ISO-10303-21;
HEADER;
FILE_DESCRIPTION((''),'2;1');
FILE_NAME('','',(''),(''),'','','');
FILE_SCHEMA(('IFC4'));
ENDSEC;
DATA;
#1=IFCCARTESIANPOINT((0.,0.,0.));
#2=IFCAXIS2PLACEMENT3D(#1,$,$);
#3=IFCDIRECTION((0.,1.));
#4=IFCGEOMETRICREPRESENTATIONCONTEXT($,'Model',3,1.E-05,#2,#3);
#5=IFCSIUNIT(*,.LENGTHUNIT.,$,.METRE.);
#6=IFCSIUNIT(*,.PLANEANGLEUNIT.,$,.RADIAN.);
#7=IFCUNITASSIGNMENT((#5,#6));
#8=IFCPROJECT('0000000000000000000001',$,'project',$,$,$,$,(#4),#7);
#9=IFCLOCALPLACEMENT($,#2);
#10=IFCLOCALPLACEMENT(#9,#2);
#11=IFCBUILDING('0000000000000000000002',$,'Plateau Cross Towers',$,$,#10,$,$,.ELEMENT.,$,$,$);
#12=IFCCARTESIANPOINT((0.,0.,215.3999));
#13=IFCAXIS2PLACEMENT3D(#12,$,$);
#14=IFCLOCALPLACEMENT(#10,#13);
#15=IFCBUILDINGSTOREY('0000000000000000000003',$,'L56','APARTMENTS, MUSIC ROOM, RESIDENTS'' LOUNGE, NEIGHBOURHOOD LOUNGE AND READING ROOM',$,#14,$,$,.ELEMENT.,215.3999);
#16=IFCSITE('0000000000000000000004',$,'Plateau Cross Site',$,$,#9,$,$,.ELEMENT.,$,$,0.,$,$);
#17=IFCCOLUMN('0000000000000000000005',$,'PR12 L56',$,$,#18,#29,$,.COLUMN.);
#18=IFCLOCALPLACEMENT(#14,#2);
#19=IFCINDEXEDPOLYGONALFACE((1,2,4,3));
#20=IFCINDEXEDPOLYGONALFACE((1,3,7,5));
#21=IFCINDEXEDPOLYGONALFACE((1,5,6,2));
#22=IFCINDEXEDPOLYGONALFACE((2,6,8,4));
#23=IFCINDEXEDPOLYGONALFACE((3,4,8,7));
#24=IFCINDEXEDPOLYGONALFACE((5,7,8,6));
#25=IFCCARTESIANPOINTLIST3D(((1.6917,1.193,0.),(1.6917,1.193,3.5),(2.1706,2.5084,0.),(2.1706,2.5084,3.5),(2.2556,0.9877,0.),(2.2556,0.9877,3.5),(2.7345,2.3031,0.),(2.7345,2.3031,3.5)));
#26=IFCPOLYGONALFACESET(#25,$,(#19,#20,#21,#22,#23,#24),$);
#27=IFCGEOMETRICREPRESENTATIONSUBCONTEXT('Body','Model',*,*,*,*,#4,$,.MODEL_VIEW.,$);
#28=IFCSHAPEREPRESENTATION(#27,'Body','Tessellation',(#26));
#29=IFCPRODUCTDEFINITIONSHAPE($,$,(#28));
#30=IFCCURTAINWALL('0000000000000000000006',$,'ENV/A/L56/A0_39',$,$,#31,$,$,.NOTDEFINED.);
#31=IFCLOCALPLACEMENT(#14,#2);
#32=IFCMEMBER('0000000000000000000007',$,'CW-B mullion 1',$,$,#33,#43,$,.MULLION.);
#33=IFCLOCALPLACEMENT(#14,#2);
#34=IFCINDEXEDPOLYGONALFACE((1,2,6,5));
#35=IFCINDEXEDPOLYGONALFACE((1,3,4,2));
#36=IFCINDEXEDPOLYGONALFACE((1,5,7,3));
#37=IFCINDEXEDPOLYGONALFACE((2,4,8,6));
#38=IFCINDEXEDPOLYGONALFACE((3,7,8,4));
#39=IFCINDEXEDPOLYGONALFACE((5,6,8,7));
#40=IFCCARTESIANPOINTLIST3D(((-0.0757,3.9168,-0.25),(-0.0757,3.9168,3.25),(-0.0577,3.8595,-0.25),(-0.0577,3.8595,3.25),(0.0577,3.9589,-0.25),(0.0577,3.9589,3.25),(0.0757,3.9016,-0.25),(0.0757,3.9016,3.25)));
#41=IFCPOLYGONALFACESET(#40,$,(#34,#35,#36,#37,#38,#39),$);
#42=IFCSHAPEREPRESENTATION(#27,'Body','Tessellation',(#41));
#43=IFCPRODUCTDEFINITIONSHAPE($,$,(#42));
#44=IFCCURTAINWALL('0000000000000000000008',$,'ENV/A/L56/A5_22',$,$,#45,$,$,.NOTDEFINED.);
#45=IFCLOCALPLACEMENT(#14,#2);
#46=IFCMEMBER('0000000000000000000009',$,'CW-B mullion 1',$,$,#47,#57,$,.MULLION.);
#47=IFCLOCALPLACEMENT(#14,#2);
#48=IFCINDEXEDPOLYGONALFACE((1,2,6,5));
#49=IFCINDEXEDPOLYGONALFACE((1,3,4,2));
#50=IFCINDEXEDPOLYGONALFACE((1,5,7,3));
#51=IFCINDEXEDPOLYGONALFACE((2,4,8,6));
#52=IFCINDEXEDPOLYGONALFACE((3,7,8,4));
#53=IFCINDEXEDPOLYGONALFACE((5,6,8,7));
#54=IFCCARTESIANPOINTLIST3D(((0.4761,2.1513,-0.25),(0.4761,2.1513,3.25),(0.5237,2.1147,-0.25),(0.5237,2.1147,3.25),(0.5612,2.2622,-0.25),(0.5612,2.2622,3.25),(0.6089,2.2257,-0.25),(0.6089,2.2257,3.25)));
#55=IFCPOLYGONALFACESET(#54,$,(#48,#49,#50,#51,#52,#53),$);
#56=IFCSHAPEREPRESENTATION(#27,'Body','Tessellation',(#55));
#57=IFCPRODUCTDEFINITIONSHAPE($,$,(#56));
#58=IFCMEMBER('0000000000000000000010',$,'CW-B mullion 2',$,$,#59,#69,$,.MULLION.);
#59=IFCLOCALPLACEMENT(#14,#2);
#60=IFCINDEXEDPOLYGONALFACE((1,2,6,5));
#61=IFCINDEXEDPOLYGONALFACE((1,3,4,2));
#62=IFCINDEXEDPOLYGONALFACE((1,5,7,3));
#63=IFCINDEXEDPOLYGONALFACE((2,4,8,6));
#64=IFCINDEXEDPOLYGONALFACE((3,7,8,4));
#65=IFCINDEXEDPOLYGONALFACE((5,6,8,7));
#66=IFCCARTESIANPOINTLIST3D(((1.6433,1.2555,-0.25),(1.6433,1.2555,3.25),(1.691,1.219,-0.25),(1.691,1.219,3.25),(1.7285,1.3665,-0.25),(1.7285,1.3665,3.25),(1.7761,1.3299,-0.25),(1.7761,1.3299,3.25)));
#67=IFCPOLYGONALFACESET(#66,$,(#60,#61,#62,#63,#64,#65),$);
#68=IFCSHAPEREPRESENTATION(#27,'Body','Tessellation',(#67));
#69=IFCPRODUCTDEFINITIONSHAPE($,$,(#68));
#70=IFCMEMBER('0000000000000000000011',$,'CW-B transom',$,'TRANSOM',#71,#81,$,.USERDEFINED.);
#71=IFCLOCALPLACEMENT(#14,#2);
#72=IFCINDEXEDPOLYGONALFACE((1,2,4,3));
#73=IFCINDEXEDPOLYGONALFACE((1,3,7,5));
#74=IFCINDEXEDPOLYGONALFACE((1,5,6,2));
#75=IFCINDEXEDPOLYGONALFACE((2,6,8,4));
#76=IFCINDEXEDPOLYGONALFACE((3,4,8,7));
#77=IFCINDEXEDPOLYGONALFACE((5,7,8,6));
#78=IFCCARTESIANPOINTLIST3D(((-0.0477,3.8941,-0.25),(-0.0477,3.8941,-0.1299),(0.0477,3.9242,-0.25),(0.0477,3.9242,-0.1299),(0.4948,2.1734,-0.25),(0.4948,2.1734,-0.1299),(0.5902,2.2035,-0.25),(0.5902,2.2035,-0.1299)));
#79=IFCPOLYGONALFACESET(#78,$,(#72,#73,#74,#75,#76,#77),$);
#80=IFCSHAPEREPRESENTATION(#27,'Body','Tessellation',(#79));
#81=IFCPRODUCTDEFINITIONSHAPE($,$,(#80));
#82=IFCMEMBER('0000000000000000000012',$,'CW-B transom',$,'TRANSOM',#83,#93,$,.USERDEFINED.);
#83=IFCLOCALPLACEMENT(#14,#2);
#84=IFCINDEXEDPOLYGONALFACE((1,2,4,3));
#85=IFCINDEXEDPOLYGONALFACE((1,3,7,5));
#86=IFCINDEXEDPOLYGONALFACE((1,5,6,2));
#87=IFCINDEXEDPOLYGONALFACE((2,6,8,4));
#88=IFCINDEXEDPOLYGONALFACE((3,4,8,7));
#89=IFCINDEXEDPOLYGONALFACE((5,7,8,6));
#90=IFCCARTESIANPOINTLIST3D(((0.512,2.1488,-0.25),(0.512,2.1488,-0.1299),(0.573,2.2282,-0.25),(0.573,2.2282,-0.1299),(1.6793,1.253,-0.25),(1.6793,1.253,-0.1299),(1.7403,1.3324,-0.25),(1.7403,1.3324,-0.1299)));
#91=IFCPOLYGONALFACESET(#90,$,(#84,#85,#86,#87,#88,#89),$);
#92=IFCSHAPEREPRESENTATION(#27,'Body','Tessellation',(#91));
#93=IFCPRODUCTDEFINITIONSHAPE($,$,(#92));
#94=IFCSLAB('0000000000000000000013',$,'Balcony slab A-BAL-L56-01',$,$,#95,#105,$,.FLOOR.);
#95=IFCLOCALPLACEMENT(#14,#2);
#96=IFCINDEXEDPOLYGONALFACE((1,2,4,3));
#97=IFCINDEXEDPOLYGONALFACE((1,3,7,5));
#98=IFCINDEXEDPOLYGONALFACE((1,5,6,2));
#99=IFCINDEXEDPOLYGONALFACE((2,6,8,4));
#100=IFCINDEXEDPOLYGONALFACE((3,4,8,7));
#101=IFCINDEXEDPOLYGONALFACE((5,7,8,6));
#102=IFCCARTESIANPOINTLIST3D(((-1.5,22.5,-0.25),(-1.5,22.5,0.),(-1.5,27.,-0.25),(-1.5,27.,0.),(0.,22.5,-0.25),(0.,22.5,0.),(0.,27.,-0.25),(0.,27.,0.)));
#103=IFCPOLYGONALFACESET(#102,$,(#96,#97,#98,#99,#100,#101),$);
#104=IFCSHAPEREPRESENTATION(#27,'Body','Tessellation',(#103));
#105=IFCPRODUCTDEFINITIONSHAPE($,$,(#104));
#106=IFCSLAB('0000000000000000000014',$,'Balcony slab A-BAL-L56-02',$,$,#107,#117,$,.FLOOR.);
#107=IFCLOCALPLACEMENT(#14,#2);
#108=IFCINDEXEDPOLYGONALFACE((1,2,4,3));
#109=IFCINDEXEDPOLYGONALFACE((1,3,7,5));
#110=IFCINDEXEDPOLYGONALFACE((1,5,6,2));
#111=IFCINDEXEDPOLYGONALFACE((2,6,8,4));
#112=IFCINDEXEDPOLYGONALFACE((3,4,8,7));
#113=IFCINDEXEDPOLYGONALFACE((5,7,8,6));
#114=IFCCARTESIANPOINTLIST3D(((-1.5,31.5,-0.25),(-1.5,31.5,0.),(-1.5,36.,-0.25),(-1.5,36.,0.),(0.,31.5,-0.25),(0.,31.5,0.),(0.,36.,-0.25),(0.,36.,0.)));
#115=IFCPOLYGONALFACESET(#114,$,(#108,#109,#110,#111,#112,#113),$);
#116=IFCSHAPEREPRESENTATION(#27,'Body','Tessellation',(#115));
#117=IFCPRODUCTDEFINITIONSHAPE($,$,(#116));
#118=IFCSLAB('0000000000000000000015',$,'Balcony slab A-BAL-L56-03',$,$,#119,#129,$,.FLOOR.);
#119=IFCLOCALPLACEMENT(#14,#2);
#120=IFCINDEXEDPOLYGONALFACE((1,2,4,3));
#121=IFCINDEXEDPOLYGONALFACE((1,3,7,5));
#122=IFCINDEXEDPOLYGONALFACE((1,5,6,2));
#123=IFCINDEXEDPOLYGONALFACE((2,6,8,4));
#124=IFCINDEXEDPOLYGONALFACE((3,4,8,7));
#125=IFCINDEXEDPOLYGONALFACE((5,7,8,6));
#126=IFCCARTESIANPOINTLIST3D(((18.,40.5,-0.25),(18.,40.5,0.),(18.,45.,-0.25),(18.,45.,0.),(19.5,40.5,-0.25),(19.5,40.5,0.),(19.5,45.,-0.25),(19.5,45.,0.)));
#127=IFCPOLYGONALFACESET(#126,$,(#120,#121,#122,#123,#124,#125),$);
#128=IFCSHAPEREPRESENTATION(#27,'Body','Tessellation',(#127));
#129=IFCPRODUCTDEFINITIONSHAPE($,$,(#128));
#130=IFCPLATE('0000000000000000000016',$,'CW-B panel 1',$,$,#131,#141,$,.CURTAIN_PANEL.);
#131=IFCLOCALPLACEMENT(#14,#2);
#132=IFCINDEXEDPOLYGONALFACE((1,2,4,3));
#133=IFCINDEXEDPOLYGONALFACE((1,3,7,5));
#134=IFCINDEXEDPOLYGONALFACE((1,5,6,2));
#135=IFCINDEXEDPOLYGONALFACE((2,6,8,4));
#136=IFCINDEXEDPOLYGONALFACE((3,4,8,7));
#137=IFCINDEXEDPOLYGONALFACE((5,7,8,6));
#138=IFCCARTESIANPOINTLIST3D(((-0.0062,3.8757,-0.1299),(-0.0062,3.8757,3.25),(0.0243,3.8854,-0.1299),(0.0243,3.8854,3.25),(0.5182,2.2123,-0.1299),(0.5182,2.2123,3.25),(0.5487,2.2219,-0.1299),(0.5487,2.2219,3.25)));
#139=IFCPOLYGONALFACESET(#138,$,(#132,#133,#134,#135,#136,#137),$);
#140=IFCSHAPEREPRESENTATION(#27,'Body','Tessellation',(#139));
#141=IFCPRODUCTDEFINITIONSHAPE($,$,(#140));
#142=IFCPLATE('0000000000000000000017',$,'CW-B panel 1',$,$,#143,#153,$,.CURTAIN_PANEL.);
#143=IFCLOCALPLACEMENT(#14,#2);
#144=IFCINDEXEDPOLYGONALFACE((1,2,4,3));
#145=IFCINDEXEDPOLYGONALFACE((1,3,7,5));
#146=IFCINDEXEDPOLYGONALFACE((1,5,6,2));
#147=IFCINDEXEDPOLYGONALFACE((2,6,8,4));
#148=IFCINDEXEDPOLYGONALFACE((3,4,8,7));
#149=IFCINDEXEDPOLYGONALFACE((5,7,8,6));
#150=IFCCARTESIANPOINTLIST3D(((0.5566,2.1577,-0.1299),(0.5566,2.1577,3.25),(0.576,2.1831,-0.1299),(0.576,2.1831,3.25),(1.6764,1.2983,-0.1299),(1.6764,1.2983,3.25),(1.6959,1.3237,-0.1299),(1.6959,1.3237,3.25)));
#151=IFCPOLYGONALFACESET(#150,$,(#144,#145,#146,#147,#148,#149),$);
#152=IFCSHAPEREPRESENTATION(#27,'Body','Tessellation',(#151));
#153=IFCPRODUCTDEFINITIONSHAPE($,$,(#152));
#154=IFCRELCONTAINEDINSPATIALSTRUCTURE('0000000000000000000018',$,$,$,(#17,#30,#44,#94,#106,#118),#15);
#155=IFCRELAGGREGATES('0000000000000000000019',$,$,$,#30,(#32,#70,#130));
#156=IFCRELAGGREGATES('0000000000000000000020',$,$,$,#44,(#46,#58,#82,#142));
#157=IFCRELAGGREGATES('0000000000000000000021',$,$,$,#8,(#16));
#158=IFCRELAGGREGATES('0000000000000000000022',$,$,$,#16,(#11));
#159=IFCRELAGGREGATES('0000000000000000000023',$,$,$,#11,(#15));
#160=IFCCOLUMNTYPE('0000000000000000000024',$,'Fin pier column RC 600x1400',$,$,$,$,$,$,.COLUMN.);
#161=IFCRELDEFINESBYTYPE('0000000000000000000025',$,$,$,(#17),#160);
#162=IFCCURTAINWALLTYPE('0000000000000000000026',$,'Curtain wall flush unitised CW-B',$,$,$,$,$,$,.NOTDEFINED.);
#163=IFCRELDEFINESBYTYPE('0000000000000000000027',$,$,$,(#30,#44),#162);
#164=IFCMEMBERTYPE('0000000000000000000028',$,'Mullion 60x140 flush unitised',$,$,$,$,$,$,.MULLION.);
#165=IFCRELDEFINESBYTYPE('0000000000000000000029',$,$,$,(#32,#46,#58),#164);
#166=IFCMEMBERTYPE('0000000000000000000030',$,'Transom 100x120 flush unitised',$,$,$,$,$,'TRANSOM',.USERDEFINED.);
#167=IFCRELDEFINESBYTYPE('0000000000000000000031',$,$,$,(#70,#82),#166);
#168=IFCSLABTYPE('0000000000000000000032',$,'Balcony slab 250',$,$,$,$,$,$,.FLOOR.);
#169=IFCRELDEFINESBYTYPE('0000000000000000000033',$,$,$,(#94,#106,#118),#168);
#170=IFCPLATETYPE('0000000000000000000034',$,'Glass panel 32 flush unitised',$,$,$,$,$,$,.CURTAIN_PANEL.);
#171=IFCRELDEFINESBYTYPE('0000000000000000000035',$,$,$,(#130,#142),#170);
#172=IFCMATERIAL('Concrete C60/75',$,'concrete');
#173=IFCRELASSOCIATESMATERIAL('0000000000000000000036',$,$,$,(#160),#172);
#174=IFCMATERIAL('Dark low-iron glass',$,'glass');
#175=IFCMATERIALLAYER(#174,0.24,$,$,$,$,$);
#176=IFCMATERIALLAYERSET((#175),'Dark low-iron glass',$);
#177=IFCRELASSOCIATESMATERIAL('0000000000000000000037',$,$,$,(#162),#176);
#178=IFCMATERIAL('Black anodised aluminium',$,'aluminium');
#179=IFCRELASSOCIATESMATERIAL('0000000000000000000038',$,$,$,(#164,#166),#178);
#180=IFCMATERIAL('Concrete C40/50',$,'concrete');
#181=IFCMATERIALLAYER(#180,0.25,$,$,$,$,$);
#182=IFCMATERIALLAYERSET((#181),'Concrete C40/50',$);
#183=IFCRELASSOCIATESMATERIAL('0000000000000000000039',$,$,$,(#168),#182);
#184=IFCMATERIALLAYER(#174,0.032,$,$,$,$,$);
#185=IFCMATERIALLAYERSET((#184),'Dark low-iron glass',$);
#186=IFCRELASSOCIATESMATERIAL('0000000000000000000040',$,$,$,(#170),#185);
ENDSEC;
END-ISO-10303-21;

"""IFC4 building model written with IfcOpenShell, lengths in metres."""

from ifc_helpers import new_model, si_unit, direction, frame, origin, origin_2d, place, context, subcontext, project, spatial, polyline, rectangle, outline, extrude, material, layer, layer_set, material_profile, profile_set, type_object, element, aggregate, save


model = new_model("IFC4")

# Units and contexts
model_context = context("Model", 3, precision=1e-05, world=origin(), true_north=direction((0.0, 1.0)))
body_context = subcontext(model_context, "Body", "Model", "MODEL_VIEW")
ifc_project = project(units=[si_unit("LENGTHUNIT", "METRE"), si_unit("PLANEANGLEUNIT", "RADIAN")], contexts=[model_context])

# Site, building, storey
site_placement = place(None, origin())
site = spatial("IfcSite", under=ifc_project, at=site_placement, Name="Plateau Cross Site", CompositionType="ELEMENT", RefElevation=0.0)
building_placement = place(site_placement, origin())
building = spatial("IfcBuilding", under=site, at=building_placement, Name="Plateau Cross Towers", CompositionType="ELEMENT")
storey_placement = place(building_placement, frame((0.0, 0.0, 215.3999)))
storey = spatial("IfcBuildingStorey", under=building, at=storey_placement, Name="L56", Description="APARTMENTS, MUSIC ROOM, RESIDENTS' LOUNGE, NEIGHBOURHOOD LOUNGE AND READING ROOM", CompositionType="ELEMENT", Elevation=215.3999)

# Column
ifc_material_1 = material(Name="Concrete C60/75", Category="concrete")
ifc_material_profile_1 = material_profile(ifc_material_1, rectangle(XDim=0.6001, YDim=1.3999, at=origin_2d()), Name="RC 600x1400")
ifc_profile_set_1 = profile_set([ifc_material_profile_1], Name="Concrete C60/75")
column_type = type_object("IfcColumnType", Name="Fin pier column RC 600x1400", PredefinedType="COLUMN", material=ifc_profile_set_1)
column_placement = place(storey_placement, frame((2.2131, 1.748, 0.0), z_axis=(0.0, 0.0, 1.0), x_axis=(-0.939664, 0.342098, 0.0)))
element("IfcColumn", 1, at=column_placement, inside=storey, type_object=column_type, Name="PR12 L56", PredefinedType="COLUMN", context=body_context, shape_type="SweptSolid", body=[
    extrude(rectangle(XDim=0.6001, YDim=1.3999, at=origin_2d()), origin(), (0.0, 0.0, 1.0), 3.5),
])

# Curtain wall, member
ifc_material_2 = material(Name="Dark low-iron glass", Category="glass")
ifc_layer_1 = layer(ifc_material_2, 0.24)
ifc_layer_set_1 = layer_set([ifc_layer_1], Name="Dark low-iron glass")
curtain_wall_type = type_object("IfcCurtainWallType", Name="Curtain wall flush unitised CW-B", PredefinedType="NOTDEFINED", material=ifc_layer_set_1)
curtain_wall_1_placement = place(storey_placement, origin())
curtain_wall_1 = element("IfcCurtainWall", 2, at=curtain_wall_1_placement, inside=storey, type_object=curtain_wall_type, Name="ENV/A/L56/A0_39", PredefinedType="NOTDEFINED")
ifc_material_3 = material(Name="Black anodised aluminium", Category="aluminium")
ifc_material_profile_2 = material_profile(ifc_material_3, rectangle(XDim=0.0601, YDim=0.1399, at=origin_2d()), Name="MULLION 60x140")
ifc_profile_set_2 = profile_set([ifc_material_profile_2], Name="Black anodised aluminium")
member_type_1 = type_object("IfcMemberType", Name="Mullion 60x140 flush unitised", PredefinedType="MULLION", material=ifc_profile_set_2)
member_1_placement = place(storey_placement, frame((0.0, 3.9092, -0.25), z_axis=(0.0, 0.0, 1.0), x_axis=(0.300686, -0.953723, 0.0)))
member_1 = element("IfcMember", 3, at=member_1_placement, type_object=member_type_1, Name="CW-B mullion 1", PredefinedType="MULLION", context=body_context, shape_type="SweptSolid", body=[
    extrude(rectangle(XDim=0.0601, YDim=0.1399, at=origin_2d()), origin(), (0.0, 0.0, 1.0), 3.5),
])

# Curtain wall, members
curtain_wall_2_placement = place(storey_placement, origin())
curtain_wall_2 = element("IfcCurtainWall", 4, at=curtain_wall_2_placement, inside=storey, type_object=curtain_wall_type, Name="ENV/A/L56/A5_22", PredefinedType="NOTDEFINED")
member_2_placement = place(storey_placement, frame((0.5425, 2.1885, -0.25), z_axis=(0.0, 0.0, 1.0), x_axis=(0.793316, -0.608811, 0.0)))
member_2 = element("IfcMember", 5, at=member_2_placement, type_object=member_type_1, Name="CW-B mullion 1", PredefinedType="MULLION", context=body_context, shape_type="SweptSolid", body=[
    extrude(rectangle(XDim=0.0601, YDim=0.1399, at=origin_2d()), origin(), (0.0, 0.0, 1.0), 3.5),
])
member_3_placement = place(storey_placement, frame((1.7097, 1.2927, -0.25), z_axis=(0.0, 0.0, 1.0), x_axis=(0.793316, -0.608811, 0.0)))
member_3 = element("IfcMember", 6, at=member_3_placement, type_object=member_type_1, Name="CW-B mullion 2", PredefinedType="MULLION", context=body_context, shape_type="SweptSolid", body=[
    extrude(rectangle(XDim=0.0601, YDim=0.1399, at=origin_2d()), origin(), (0.0, 0.0, 1.0), 3.5),
])

# Members
ifc_material_profile_3 = material_profile(ifc_material_3, rectangle(XDim=0.1001, YDim=0.1201, at=origin_2d()), Name="TRANSOM 100x120")
ifc_profile_set_3 = profile_set([ifc_material_profile_3], Name="Black anodised aluminium")
member_type_2 = type_object("IfcMemberType", Name="Transom 100x120 flush unitised", ElementType="TRANSOM", PredefinedType="USERDEFINED", material=ifc_profile_set_3)
member_4_placement = place(storey_placement, frame((0.0, 3.9092, -0.1899), z_axis=(0.300678, -0.953726, 0.0), x_axis=(0.953726, 0.300678, 0.0)))
member_4 = element("IfcMember", 7, at=member_4_placement, type_object=member_type_2, Name="CW-B transom", ObjectType="TRANSOM", PredefinedType="USERDEFINED", context=body_context, shape_type="SweptSolid", body=[
    extrude(rectangle(XDim=0.1001, YDim=0.1201, at=origin_2d()), origin(), (0.0, 0.0, 1.0), 1.8042),
])
member_5_placement = place(storey_placement, frame((0.5425, 2.1885, -0.1899), z_axis=(0.793321, -0.608804, 0.0), x_axis=(0.608804, 0.793321, 0.0)))
member_5 = element("IfcMember", 8, at=member_5_placement, type_object=member_type_2, Name="CW-B transom", ObjectType="TRANSOM", PredefinedType="USERDEFINED", context=body_context, shape_type="SweptSolid", body=[
    extrude(rectangle(XDim=0.1001, YDim=0.1201, at=origin_2d()), origin(), (0.0, 0.0, 1.0), 1.4714),
])

# Slabs
ifc_material_4 = material(Name="Concrete C40/50", Category="concrete")
ifc_layer_2 = layer(ifc_material_4, 0.25)
ifc_layer_set_2 = layer_set([ifc_layer_2], Name="Concrete C40/50")
slab_type_1 = type_object("IfcSlabType", Name="Balcony slab 250", PredefinedType="FLOOR", material=ifc_layer_set_2)
slab_1_placement = place(storey_placement, frame((0.0, 0.0, -0.25)))
element("IfcSlab", 9, at=slab_1_placement, inside=storey, type_object=slab_type_1, Name="Balcony slab A-BAL-L56-01", PredefinedType="FLOOR", context=body_context, shape_type="SweptSolid", body=[
    extrude(outline(polyline([(0.0, 22.5), (0.0, 27.0), (-1.5, 27.0), (-1.5, 22.5), (0.0, 22.5)])), origin(), (0.0, 0.0, 1.0), 0.25),
])
slab_2_placement = place(storey_placement, frame((0.0, 0.0, -0.25)))
element("IfcSlab", 10, at=slab_2_placement, inside=storey, type_object=slab_type_1, Name="Balcony slab A-BAL-L56-02", PredefinedType="FLOOR", context=body_context, shape_type="SweptSolid", body=[
    extrude(outline(polyline([(0.0, 31.5), (0.0, 36.0), (-1.5, 36.0), (-1.5, 31.5), (0.0, 31.5)])), origin(), (0.0, 0.0, 1.0), 0.25),
])
slab_3_placement = place(storey_placement, frame((0.0, 0.0, -0.25)))
element("IfcSlab", 11, at=slab_3_placement, inside=storey, type_object=slab_type_1, Name="Balcony slab A-BAL-L56-03", PredefinedType="FLOOR", context=body_context, shape_type="SweptSolid", body=[
    extrude(outline(polyline([(19.5, 40.5), (19.5, 45.0), (18.0, 45.0), (18.0, 40.5), (19.5, 40.5)])), origin(), (0.0, 0.0, 1.0), 0.25),
])

# Plates
ifc_layer_3 = layer(ifc_material_2, 0.032)
ifc_layer_set_3 = layer_set([ifc_layer_3], Name="Dark low-iron glass")
plate_type = type_object("IfcPlateType", Name="Glass panel 32 flush unitised", PredefinedType="CURTAIN_PANEL", material=ifc_layer_set_3)
plate_1_placement = place(storey_placement, frame((0.2712, 3.0488, -0.1299), z_axis=(0.0, 0.0, 1.0), x_axis=(0.300686, -0.953723, 0.0)))
plate_1 = element("IfcPlate", 12, at=plate_1_placement, type_object=plate_type, Name="CW-B panel 1", PredefinedType="CURTAIN_PANEL", context=body_context, shape_type="SweptSolid", body=[
    extrude(rectangle(XDim=1.7441, YDim=0.032, at=origin_2d()), origin(), (0.0, 0.0, 1.0), 3.3799),
])
aggregate(curtain_wall_1, [member_1, member_4, plate_1])
plate_2_placement = place(storey_placement, frame((1.1262, 1.7407, -0.1299), z_axis=(0.0, 0.0, 1.0), x_axis=(0.793316, -0.608811, 0.0)))
plate_2 = element("IfcPlate", 13, at=plate_2_placement, type_object=plate_type, Name="CW-B panel 1", PredefinedType="CURTAIN_PANEL", context=body_context, shape_type="SweptSolid", body=[
    extrude(rectangle(XDim=1.4116, YDim=0.032, at=origin_2d()), origin(), (0.0, 0.0, 1.0), 3.3799),
])
aggregate(curtain_wall_2, [member_2, member_3, member_5, plate_2])

save(model, "model.ifc")
